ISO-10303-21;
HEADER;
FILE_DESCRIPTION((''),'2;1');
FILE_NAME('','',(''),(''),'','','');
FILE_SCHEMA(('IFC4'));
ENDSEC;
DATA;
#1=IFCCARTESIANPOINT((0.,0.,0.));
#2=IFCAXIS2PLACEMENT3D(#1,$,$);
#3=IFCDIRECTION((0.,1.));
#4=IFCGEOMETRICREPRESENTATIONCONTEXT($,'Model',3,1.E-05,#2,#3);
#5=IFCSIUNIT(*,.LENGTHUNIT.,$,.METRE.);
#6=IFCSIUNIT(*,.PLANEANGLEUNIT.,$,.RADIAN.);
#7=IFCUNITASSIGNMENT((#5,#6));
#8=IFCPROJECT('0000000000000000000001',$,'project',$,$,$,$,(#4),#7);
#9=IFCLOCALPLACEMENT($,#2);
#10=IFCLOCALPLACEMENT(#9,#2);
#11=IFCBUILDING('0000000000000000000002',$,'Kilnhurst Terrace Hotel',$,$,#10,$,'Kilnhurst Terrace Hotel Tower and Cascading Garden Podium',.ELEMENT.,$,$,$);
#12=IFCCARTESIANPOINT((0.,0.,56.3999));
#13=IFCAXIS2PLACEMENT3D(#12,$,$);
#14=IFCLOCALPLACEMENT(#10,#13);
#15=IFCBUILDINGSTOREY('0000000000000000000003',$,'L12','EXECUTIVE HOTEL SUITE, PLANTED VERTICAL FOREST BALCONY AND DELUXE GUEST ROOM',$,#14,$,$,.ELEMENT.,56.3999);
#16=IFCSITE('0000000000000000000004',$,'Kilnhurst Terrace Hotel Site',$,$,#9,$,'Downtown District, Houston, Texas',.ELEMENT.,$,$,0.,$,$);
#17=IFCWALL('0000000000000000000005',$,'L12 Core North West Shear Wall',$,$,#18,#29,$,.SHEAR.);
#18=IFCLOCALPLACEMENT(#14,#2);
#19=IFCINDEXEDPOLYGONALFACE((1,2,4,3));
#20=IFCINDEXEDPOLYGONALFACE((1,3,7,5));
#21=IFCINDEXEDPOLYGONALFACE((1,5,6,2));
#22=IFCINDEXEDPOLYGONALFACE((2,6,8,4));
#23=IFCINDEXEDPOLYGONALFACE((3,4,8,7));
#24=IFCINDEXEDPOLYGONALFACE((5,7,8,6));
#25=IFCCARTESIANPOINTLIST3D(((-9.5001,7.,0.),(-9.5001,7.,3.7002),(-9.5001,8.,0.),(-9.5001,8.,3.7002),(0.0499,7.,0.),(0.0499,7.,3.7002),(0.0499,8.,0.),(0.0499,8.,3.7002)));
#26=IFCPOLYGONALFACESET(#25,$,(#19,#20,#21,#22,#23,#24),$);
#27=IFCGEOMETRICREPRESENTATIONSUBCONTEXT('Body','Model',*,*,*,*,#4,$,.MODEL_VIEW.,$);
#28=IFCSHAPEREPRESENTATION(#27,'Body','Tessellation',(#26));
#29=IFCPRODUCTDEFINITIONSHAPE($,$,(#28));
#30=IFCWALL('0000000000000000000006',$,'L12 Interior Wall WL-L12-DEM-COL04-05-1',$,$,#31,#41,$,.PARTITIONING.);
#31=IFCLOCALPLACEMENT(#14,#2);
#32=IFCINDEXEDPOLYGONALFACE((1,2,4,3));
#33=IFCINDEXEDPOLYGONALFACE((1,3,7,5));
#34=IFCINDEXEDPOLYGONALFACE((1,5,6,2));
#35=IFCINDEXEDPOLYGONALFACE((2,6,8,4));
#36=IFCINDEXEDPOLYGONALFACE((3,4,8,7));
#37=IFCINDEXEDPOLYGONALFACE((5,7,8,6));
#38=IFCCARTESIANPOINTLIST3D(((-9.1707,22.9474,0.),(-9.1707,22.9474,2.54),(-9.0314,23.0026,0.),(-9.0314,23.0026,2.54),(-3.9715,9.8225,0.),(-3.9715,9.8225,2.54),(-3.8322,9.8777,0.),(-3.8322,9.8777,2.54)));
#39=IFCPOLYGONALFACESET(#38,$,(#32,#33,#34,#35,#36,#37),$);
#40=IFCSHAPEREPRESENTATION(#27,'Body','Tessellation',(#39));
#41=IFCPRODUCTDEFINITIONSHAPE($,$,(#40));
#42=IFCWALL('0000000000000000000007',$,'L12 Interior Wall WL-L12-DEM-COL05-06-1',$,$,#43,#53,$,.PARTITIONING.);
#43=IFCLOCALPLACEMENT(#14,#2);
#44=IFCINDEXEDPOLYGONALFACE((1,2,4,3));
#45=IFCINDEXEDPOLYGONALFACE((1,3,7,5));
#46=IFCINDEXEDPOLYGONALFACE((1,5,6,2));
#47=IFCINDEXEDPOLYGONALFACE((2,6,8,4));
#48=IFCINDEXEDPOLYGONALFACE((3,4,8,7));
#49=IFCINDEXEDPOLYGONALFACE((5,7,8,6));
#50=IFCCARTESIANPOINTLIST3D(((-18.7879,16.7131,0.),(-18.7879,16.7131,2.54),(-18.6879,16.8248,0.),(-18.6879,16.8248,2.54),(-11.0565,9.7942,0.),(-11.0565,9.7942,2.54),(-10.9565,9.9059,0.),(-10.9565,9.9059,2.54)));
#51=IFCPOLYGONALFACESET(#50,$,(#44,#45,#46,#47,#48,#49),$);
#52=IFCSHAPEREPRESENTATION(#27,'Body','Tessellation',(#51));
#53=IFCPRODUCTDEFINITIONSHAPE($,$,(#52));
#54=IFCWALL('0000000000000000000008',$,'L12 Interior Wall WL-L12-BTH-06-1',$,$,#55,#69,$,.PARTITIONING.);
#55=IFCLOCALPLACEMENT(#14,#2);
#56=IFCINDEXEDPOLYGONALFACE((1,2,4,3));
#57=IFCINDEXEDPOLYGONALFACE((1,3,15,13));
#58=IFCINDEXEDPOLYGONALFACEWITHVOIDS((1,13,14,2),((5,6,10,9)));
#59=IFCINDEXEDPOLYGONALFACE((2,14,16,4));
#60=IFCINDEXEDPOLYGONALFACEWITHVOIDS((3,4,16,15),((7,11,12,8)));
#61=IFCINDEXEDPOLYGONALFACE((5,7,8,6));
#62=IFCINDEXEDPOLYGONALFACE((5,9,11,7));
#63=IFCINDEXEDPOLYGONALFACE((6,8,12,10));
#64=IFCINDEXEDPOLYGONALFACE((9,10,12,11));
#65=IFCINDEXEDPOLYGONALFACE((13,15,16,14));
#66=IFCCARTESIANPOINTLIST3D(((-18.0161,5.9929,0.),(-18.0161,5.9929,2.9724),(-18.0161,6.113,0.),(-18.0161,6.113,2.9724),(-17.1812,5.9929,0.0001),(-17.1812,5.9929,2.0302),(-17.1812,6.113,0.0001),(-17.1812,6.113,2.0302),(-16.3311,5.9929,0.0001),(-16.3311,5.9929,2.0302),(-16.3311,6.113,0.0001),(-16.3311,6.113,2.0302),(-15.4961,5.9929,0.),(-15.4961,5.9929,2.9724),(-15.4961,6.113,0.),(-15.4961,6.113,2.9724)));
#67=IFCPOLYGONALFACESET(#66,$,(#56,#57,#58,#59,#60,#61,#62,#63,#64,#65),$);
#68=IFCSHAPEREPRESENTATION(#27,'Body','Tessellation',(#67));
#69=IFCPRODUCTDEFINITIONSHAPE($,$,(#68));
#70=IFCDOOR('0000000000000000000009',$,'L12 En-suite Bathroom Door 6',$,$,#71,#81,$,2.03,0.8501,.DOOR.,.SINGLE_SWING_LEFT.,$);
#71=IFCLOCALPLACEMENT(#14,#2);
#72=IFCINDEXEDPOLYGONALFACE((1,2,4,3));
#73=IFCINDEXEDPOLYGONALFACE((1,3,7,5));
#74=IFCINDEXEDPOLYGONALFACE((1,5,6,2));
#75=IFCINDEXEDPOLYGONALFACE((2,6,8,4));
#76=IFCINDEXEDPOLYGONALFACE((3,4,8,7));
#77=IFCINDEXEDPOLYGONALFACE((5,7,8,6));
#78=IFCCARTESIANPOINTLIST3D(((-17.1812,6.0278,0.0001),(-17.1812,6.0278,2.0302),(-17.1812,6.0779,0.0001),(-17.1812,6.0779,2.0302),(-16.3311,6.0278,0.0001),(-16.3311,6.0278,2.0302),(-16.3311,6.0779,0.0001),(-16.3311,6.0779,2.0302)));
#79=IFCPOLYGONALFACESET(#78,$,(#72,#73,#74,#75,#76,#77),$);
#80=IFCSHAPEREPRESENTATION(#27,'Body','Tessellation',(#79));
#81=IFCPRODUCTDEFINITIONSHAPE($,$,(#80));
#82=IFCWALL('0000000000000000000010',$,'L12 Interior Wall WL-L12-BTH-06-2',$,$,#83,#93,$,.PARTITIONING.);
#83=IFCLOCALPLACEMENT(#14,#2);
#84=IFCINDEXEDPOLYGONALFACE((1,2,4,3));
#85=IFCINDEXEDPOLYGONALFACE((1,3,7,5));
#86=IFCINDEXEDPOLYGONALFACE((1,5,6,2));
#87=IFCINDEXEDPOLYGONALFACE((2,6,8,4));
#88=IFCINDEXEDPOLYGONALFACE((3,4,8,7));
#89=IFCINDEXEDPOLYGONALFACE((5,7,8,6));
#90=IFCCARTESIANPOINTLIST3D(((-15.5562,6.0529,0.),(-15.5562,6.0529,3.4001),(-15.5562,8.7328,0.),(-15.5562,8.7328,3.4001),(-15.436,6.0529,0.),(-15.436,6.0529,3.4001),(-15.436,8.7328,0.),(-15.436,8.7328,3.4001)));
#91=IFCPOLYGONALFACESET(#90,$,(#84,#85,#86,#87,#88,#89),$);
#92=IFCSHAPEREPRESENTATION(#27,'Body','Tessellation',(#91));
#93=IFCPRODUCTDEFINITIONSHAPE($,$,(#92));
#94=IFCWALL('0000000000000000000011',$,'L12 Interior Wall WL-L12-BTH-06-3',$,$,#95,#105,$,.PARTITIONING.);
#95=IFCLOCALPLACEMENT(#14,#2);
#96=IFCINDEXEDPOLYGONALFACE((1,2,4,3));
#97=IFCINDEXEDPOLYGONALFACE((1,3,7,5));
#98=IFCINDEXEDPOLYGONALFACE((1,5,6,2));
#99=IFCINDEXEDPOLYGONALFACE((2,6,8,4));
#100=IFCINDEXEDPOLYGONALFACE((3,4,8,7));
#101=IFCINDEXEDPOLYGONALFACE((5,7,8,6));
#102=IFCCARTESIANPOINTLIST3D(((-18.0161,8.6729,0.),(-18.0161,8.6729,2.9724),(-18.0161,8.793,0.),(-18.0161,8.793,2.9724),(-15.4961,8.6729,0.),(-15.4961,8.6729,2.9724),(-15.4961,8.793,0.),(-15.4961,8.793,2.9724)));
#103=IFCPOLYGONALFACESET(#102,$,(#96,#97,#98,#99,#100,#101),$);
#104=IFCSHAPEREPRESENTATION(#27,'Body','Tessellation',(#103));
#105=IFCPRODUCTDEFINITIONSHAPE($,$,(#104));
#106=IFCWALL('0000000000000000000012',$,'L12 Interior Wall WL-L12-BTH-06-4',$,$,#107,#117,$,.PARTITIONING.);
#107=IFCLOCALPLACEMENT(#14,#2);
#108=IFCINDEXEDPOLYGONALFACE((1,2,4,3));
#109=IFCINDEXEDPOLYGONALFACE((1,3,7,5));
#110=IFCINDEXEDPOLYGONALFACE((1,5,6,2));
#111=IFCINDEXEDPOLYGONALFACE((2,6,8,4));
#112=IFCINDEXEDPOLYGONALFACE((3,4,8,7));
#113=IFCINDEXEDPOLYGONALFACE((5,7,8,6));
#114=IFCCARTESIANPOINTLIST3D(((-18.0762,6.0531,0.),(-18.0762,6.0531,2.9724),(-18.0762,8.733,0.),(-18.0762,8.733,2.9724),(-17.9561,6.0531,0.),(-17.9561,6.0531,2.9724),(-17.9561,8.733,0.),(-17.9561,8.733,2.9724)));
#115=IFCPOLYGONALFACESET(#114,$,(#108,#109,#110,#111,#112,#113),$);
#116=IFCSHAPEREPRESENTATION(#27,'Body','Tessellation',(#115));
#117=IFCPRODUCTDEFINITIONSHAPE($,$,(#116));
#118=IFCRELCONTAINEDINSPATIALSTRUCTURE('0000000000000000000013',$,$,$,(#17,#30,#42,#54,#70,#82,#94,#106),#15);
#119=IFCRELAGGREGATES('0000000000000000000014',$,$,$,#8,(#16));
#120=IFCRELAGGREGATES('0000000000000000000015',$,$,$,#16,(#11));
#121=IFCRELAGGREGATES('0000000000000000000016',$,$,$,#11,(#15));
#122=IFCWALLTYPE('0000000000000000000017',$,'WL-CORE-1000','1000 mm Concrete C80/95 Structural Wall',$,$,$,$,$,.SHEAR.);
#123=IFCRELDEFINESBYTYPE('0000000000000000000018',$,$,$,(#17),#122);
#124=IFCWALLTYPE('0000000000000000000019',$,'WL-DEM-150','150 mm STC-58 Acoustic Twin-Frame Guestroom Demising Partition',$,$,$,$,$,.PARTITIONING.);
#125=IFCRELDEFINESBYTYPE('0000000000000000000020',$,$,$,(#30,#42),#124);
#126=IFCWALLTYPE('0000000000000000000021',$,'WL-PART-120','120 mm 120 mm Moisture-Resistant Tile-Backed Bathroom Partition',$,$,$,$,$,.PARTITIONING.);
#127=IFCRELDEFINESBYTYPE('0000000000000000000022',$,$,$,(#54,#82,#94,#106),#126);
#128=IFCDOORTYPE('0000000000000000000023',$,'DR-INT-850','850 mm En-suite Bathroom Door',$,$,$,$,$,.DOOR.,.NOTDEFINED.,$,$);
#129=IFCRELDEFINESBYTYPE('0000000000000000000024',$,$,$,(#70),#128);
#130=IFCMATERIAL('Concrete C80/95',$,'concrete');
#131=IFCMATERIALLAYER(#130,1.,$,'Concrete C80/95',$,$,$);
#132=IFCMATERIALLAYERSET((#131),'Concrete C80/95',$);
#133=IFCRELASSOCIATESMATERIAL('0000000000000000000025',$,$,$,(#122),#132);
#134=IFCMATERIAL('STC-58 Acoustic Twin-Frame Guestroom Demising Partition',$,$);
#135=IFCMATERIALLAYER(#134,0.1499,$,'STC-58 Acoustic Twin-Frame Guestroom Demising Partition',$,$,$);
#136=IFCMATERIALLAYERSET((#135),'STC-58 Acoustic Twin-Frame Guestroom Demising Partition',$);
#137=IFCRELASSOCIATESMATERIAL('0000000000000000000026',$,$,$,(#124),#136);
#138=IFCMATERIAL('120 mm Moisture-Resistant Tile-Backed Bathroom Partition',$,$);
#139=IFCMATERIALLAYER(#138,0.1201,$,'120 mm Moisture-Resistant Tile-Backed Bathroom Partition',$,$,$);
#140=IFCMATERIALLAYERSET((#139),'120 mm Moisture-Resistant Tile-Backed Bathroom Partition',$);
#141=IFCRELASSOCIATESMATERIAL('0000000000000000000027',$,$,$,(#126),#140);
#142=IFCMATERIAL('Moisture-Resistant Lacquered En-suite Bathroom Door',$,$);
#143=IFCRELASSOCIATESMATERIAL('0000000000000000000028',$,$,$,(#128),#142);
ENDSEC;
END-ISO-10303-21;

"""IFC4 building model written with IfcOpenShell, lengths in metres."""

from ifc_helpers import new_model, si_unit, direction, frame, frame_2d, origin, place, context, subcontext, project, spatial, rectangle, extrude, material, layer, layer_set, type_object, element, fill, save


model = new_model("IFC4")

# Units and contexts
model_context = context("Model", 3, precision=1e-05, world=origin(), true_north=direction((0.0, 1.0)))
body_context = subcontext(model_context, "Body", "Model", "MODEL_VIEW")
ifc_project = project(units=[si_unit("LENGTHUNIT", "METRE"), si_unit("PLANEANGLEUNIT", "RADIAN")], contexts=[model_context])

# Site, building, storey
site_placement = place(None, origin())
site = spatial("IfcSite", under=ifc_project, at=site_placement, Name="Kilnhurst Terrace Hotel Site", LongName="Downtown District, Houston, Texas", CompositionType="ELEMENT", RefElevation=0.0)
building_placement = place(site_placement, origin())
building = spatial("IfcBuilding", under=site, at=building_placement, Name="Kilnhurst Terrace Hotel", LongName="Kilnhurst Terrace Hotel Tower and Cascading Garden Podium", CompositionType="ELEMENT")
storey_placement = place(building_placement, frame((0.0, 0.0, 56.3999)))
storey = spatial("IfcBuildingStorey", under=building, at=storey_placement, Name="L12", Description="EXECUTIVE HOTEL SUITE, PLANTED VERTICAL FOREST BALCONY AND DELUXE GUEST ROOM", CompositionType="ELEMENT", Elevation=56.3999)

# Walls
ifc_material_1 = material(Name="Concrete C80/95", Category="concrete")
ifc_layer_1 = layer(ifc_material_1, 1.0, Name="Concrete C80/95")
ifc_layer_set_1 = layer_set([ifc_layer_1], Name="Concrete C80/95")
wall_type_1 = type_object("IfcWallType", Name="WL-CORE-1000", Description="1000 mm Concrete C80/95 Structural Wall", PredefinedType="SHEAR", material=ifc_layer_set_1)
wall_1_placement = place(storey_placement, frame((-9.5, 7.5, 0.0), z_axis=(0.0, 0.0, 1.0), x_axis=(1.0, 0.0, 0.0)))
element("IfcWall", 1, at=wall_1_placement, inside=storey, type_object=wall_type_1, Name="L12 Core North West Shear Wall", PredefinedType="SHEAR", context=body_context, shape_type="SweptSolid", body=[
    extrude(rectangle(XDim=9.55, YDim=1.0, at=frame_2d((4.7749, 0.0))), origin(), (0.0, 0.0, 1.0), 3.7002),
])
ifc_material_2 = material(Name="STC-58 Acoustic Twin-Frame Guestroom Demising Partition")
ifc_layer_2 = layer(ifc_material_2, 0.1499, Name="STC-58 Acoustic Twin-Frame Guestroom Demising Partition")
ifc_layer_set_2 = layer_set([ifc_layer_2], Name="STC-58 Acoustic Twin-Frame Guestroom Demising Partition")
wall_type_2 = type_object("IfcWallType", Name="WL-DEM-150", Description="150 mm STC-58 Acoustic Twin-Frame Guestroom Demising Partition", PredefinedType="PARTITIONING", material=ifc_layer_set_2)
wall_2_placement = place(storey_placement, frame((-3.9019, 9.8501, 0.0), z_axis=(0.0, 0.0, 1.0), x_axis=(-0.368288, 0.929712, 0.0)))
element("IfcWall", 2, at=wall_2_placement, inside=storey, type_object=wall_type_2, Name="L12 Interior Wall WL-L12-DEM-COL04-05-1", PredefinedType="PARTITIONING", context=body_context, shape_type="SweptSolid", body=[
    extrude(rectangle(XDim=14.1172, YDim=0.1499, at=frame_2d((7.0586, 0.0))), origin(), (0.0, 0.0, 1.0), 2.54),
])
wall_3_placement = place(storey_placement, frame((-11.0066, 9.8501, 0.0), z_axis=(0.0, 0.0, 1.0), x_axis=(-0.745177, 0.666866, 0.0)))
element("IfcWall", 3, at=wall_3_placement, inside=storey, type_object=wall_type_2, Name="L12 Interior Wall WL-L12-DEM-COL05-06-1", PredefinedType="PARTITIONING", context=body_context, shape_type="SweptSolid", body=[
    extrude(rectangle(XDim=10.3752, YDim=0.1499, at=frame_2d((5.1875, 0.0))), origin(), (0.0, 0.0, 1.0), 2.54),
])

# Wall, opening, door
ifc_material_3 = material(Name="120 mm Moisture-Resistant Tile-Backed Bathroom Partition")
ifc_layer_3 = layer(ifc_material_3, 0.1201, Name="120 mm Moisture-Resistant Tile-Backed Bathroom Partition")
ifc_layer_set_3 = layer_set([ifc_layer_3], Name="120 mm Moisture-Resistant Tile-Backed Bathroom Partition")
wall_type_3 = type_object("IfcWallType", Name="WL-PART-120", Description="120 mm 120 mm Moisture-Resistant Tile-Backed Bathroom Partition", PredefinedType="PARTITIONING", material=ifc_layer_set_3)
wall_4_placement = place(storey_placement, frame((-18.0161, 6.053, 0.0), z_axis=(0.0, 0.0, 1.0), x_axis=(1.0, 0.0, 0.0)))
wall_4 = element("IfcWall", 4, at=wall_4_placement, inside=storey, type_object=wall_type_3, Name="L12 Interior Wall WL-L12-BTH-06-1", PredefinedType="PARTITIONING", context=body_context, shape_type="SweptSolid", body=[
    extrude(rectangle(XDim=2.52, YDim=0.1201, at=frame_2d((1.26, 0.0))), origin(), (0.0, 0.0, 1.0), 2.9724),
])
opening_1_placement = place(wall_4_placement, frame((0.835, 0.0, 0.0)))
opening_1 = element("IfcOpeningElement", 5, at=opening_1_placement, cuts=wall_4, PredefinedType="OPENING", context=body_context, shape_type="SweptSolid", body=[
    extrude(rectangle(XDim=0.8501, YDim=2.03, at=frame_2d((0.425, 1.0151))), frame((0.0, 0.0701, 0.0), z_axis=(0.0, -1.0, 0.0), x_axis=(1.0, 0.0, 0.0)), (0.0, 0.0, 1.0), 0.1401),
])
ifc_material_4 = material(Name="Moisture-Resistant Lacquered En-suite Bathroom Door")
door_type_1 = type_object("IfcDoorType", Name="DR-INT-850", Description="850 mm En-suite Bathroom Door", OperationType="NOTDEFINED", PredefinedType="DOOR", material=ifc_material_4)
door_1_placement = place(opening_1_placement, origin())
door_1 = element("IfcDoor", 6, at=door_1_placement, inside=storey, type_object=door_type_1, Name="L12 En-suite Bathroom Door 6", OperationType="SINGLE_SWING_LEFT", OverallHeight=2.03, OverallWidth=0.8501, PredefinedType="DOOR", context=body_context, shape_type="SweptSolid", body=[
    extrude(rectangle(XDim=0.8501, YDim=2.03, at=frame_2d((0.425, 1.0151))), frame((0.0, 0.0249, 0.0), z_axis=(0.0, -1.0, 0.0), x_axis=(1.0, 0.0, 0.0)), (0.0, 0.0, 1.0), 0.05),
])
fill(opening_1, door_1)

# Walls
wall_5_placement = place(storey_placement, frame((-15.4961, 6.053, 0.0), z_axis=(0.0, 0.0, 1.0), x_axis=(0.0, 1.0, 0.0)))
element("IfcWall", 7, at=wall_5_placement, inside=storey, type_object=wall_type_3, Name="L12 Interior Wall WL-L12-BTH-06-2", PredefinedType="PARTITIONING", context=body_context, shape_type="SweptSolid", body=[
    extrude(rectangle(XDim=2.6799, YDim=0.1201, at=frame_2d((1.3398, 0.0))), origin(), (0.0, 0.0, 1.0), 3.4001),
])
wall_6_placement = place(storey_placement, frame((-15.4961, 8.7329, 0.0), z_axis=(0.0, 0.0, 1.0), x_axis=(-1.0, 0.0, 0.0)))
element("IfcWall", 8, at=wall_6_placement, inside=storey, type_object=wall_type_3, Name="L12 Interior Wall WL-L12-BTH-06-3", PredefinedType="PARTITIONING", context=body_context, shape_type="SweptSolid", body=[
    extrude(rectangle(XDim=2.52, YDim=0.1201, at=frame_2d((1.26, 0.0))), origin(), (0.0, 0.0, 1.0), 2.9724),
])
wall_7_placement = place(storey_placement, frame((-18.0161, 8.7329, 0.0), z_axis=(0.0, 0.0, 1.0), x_axis=(0.0, -1.0, 0.0)))
element("IfcWall", 9, at=wall_7_placement, inside=storey, type_object=wall_type_3, Name="L12 Interior Wall WL-L12-BTH-06-4", PredefinedType="PARTITIONING", context=body_context, shape_type="SweptSolid", body=[
    extrude(rectangle(XDim=2.6799, YDim=0.1201, at=frame_2d((1.3398, 0.0))), origin(), (0.0, 0.0, 1.0), 2.9724),
])

save(model, "model.ifc")
